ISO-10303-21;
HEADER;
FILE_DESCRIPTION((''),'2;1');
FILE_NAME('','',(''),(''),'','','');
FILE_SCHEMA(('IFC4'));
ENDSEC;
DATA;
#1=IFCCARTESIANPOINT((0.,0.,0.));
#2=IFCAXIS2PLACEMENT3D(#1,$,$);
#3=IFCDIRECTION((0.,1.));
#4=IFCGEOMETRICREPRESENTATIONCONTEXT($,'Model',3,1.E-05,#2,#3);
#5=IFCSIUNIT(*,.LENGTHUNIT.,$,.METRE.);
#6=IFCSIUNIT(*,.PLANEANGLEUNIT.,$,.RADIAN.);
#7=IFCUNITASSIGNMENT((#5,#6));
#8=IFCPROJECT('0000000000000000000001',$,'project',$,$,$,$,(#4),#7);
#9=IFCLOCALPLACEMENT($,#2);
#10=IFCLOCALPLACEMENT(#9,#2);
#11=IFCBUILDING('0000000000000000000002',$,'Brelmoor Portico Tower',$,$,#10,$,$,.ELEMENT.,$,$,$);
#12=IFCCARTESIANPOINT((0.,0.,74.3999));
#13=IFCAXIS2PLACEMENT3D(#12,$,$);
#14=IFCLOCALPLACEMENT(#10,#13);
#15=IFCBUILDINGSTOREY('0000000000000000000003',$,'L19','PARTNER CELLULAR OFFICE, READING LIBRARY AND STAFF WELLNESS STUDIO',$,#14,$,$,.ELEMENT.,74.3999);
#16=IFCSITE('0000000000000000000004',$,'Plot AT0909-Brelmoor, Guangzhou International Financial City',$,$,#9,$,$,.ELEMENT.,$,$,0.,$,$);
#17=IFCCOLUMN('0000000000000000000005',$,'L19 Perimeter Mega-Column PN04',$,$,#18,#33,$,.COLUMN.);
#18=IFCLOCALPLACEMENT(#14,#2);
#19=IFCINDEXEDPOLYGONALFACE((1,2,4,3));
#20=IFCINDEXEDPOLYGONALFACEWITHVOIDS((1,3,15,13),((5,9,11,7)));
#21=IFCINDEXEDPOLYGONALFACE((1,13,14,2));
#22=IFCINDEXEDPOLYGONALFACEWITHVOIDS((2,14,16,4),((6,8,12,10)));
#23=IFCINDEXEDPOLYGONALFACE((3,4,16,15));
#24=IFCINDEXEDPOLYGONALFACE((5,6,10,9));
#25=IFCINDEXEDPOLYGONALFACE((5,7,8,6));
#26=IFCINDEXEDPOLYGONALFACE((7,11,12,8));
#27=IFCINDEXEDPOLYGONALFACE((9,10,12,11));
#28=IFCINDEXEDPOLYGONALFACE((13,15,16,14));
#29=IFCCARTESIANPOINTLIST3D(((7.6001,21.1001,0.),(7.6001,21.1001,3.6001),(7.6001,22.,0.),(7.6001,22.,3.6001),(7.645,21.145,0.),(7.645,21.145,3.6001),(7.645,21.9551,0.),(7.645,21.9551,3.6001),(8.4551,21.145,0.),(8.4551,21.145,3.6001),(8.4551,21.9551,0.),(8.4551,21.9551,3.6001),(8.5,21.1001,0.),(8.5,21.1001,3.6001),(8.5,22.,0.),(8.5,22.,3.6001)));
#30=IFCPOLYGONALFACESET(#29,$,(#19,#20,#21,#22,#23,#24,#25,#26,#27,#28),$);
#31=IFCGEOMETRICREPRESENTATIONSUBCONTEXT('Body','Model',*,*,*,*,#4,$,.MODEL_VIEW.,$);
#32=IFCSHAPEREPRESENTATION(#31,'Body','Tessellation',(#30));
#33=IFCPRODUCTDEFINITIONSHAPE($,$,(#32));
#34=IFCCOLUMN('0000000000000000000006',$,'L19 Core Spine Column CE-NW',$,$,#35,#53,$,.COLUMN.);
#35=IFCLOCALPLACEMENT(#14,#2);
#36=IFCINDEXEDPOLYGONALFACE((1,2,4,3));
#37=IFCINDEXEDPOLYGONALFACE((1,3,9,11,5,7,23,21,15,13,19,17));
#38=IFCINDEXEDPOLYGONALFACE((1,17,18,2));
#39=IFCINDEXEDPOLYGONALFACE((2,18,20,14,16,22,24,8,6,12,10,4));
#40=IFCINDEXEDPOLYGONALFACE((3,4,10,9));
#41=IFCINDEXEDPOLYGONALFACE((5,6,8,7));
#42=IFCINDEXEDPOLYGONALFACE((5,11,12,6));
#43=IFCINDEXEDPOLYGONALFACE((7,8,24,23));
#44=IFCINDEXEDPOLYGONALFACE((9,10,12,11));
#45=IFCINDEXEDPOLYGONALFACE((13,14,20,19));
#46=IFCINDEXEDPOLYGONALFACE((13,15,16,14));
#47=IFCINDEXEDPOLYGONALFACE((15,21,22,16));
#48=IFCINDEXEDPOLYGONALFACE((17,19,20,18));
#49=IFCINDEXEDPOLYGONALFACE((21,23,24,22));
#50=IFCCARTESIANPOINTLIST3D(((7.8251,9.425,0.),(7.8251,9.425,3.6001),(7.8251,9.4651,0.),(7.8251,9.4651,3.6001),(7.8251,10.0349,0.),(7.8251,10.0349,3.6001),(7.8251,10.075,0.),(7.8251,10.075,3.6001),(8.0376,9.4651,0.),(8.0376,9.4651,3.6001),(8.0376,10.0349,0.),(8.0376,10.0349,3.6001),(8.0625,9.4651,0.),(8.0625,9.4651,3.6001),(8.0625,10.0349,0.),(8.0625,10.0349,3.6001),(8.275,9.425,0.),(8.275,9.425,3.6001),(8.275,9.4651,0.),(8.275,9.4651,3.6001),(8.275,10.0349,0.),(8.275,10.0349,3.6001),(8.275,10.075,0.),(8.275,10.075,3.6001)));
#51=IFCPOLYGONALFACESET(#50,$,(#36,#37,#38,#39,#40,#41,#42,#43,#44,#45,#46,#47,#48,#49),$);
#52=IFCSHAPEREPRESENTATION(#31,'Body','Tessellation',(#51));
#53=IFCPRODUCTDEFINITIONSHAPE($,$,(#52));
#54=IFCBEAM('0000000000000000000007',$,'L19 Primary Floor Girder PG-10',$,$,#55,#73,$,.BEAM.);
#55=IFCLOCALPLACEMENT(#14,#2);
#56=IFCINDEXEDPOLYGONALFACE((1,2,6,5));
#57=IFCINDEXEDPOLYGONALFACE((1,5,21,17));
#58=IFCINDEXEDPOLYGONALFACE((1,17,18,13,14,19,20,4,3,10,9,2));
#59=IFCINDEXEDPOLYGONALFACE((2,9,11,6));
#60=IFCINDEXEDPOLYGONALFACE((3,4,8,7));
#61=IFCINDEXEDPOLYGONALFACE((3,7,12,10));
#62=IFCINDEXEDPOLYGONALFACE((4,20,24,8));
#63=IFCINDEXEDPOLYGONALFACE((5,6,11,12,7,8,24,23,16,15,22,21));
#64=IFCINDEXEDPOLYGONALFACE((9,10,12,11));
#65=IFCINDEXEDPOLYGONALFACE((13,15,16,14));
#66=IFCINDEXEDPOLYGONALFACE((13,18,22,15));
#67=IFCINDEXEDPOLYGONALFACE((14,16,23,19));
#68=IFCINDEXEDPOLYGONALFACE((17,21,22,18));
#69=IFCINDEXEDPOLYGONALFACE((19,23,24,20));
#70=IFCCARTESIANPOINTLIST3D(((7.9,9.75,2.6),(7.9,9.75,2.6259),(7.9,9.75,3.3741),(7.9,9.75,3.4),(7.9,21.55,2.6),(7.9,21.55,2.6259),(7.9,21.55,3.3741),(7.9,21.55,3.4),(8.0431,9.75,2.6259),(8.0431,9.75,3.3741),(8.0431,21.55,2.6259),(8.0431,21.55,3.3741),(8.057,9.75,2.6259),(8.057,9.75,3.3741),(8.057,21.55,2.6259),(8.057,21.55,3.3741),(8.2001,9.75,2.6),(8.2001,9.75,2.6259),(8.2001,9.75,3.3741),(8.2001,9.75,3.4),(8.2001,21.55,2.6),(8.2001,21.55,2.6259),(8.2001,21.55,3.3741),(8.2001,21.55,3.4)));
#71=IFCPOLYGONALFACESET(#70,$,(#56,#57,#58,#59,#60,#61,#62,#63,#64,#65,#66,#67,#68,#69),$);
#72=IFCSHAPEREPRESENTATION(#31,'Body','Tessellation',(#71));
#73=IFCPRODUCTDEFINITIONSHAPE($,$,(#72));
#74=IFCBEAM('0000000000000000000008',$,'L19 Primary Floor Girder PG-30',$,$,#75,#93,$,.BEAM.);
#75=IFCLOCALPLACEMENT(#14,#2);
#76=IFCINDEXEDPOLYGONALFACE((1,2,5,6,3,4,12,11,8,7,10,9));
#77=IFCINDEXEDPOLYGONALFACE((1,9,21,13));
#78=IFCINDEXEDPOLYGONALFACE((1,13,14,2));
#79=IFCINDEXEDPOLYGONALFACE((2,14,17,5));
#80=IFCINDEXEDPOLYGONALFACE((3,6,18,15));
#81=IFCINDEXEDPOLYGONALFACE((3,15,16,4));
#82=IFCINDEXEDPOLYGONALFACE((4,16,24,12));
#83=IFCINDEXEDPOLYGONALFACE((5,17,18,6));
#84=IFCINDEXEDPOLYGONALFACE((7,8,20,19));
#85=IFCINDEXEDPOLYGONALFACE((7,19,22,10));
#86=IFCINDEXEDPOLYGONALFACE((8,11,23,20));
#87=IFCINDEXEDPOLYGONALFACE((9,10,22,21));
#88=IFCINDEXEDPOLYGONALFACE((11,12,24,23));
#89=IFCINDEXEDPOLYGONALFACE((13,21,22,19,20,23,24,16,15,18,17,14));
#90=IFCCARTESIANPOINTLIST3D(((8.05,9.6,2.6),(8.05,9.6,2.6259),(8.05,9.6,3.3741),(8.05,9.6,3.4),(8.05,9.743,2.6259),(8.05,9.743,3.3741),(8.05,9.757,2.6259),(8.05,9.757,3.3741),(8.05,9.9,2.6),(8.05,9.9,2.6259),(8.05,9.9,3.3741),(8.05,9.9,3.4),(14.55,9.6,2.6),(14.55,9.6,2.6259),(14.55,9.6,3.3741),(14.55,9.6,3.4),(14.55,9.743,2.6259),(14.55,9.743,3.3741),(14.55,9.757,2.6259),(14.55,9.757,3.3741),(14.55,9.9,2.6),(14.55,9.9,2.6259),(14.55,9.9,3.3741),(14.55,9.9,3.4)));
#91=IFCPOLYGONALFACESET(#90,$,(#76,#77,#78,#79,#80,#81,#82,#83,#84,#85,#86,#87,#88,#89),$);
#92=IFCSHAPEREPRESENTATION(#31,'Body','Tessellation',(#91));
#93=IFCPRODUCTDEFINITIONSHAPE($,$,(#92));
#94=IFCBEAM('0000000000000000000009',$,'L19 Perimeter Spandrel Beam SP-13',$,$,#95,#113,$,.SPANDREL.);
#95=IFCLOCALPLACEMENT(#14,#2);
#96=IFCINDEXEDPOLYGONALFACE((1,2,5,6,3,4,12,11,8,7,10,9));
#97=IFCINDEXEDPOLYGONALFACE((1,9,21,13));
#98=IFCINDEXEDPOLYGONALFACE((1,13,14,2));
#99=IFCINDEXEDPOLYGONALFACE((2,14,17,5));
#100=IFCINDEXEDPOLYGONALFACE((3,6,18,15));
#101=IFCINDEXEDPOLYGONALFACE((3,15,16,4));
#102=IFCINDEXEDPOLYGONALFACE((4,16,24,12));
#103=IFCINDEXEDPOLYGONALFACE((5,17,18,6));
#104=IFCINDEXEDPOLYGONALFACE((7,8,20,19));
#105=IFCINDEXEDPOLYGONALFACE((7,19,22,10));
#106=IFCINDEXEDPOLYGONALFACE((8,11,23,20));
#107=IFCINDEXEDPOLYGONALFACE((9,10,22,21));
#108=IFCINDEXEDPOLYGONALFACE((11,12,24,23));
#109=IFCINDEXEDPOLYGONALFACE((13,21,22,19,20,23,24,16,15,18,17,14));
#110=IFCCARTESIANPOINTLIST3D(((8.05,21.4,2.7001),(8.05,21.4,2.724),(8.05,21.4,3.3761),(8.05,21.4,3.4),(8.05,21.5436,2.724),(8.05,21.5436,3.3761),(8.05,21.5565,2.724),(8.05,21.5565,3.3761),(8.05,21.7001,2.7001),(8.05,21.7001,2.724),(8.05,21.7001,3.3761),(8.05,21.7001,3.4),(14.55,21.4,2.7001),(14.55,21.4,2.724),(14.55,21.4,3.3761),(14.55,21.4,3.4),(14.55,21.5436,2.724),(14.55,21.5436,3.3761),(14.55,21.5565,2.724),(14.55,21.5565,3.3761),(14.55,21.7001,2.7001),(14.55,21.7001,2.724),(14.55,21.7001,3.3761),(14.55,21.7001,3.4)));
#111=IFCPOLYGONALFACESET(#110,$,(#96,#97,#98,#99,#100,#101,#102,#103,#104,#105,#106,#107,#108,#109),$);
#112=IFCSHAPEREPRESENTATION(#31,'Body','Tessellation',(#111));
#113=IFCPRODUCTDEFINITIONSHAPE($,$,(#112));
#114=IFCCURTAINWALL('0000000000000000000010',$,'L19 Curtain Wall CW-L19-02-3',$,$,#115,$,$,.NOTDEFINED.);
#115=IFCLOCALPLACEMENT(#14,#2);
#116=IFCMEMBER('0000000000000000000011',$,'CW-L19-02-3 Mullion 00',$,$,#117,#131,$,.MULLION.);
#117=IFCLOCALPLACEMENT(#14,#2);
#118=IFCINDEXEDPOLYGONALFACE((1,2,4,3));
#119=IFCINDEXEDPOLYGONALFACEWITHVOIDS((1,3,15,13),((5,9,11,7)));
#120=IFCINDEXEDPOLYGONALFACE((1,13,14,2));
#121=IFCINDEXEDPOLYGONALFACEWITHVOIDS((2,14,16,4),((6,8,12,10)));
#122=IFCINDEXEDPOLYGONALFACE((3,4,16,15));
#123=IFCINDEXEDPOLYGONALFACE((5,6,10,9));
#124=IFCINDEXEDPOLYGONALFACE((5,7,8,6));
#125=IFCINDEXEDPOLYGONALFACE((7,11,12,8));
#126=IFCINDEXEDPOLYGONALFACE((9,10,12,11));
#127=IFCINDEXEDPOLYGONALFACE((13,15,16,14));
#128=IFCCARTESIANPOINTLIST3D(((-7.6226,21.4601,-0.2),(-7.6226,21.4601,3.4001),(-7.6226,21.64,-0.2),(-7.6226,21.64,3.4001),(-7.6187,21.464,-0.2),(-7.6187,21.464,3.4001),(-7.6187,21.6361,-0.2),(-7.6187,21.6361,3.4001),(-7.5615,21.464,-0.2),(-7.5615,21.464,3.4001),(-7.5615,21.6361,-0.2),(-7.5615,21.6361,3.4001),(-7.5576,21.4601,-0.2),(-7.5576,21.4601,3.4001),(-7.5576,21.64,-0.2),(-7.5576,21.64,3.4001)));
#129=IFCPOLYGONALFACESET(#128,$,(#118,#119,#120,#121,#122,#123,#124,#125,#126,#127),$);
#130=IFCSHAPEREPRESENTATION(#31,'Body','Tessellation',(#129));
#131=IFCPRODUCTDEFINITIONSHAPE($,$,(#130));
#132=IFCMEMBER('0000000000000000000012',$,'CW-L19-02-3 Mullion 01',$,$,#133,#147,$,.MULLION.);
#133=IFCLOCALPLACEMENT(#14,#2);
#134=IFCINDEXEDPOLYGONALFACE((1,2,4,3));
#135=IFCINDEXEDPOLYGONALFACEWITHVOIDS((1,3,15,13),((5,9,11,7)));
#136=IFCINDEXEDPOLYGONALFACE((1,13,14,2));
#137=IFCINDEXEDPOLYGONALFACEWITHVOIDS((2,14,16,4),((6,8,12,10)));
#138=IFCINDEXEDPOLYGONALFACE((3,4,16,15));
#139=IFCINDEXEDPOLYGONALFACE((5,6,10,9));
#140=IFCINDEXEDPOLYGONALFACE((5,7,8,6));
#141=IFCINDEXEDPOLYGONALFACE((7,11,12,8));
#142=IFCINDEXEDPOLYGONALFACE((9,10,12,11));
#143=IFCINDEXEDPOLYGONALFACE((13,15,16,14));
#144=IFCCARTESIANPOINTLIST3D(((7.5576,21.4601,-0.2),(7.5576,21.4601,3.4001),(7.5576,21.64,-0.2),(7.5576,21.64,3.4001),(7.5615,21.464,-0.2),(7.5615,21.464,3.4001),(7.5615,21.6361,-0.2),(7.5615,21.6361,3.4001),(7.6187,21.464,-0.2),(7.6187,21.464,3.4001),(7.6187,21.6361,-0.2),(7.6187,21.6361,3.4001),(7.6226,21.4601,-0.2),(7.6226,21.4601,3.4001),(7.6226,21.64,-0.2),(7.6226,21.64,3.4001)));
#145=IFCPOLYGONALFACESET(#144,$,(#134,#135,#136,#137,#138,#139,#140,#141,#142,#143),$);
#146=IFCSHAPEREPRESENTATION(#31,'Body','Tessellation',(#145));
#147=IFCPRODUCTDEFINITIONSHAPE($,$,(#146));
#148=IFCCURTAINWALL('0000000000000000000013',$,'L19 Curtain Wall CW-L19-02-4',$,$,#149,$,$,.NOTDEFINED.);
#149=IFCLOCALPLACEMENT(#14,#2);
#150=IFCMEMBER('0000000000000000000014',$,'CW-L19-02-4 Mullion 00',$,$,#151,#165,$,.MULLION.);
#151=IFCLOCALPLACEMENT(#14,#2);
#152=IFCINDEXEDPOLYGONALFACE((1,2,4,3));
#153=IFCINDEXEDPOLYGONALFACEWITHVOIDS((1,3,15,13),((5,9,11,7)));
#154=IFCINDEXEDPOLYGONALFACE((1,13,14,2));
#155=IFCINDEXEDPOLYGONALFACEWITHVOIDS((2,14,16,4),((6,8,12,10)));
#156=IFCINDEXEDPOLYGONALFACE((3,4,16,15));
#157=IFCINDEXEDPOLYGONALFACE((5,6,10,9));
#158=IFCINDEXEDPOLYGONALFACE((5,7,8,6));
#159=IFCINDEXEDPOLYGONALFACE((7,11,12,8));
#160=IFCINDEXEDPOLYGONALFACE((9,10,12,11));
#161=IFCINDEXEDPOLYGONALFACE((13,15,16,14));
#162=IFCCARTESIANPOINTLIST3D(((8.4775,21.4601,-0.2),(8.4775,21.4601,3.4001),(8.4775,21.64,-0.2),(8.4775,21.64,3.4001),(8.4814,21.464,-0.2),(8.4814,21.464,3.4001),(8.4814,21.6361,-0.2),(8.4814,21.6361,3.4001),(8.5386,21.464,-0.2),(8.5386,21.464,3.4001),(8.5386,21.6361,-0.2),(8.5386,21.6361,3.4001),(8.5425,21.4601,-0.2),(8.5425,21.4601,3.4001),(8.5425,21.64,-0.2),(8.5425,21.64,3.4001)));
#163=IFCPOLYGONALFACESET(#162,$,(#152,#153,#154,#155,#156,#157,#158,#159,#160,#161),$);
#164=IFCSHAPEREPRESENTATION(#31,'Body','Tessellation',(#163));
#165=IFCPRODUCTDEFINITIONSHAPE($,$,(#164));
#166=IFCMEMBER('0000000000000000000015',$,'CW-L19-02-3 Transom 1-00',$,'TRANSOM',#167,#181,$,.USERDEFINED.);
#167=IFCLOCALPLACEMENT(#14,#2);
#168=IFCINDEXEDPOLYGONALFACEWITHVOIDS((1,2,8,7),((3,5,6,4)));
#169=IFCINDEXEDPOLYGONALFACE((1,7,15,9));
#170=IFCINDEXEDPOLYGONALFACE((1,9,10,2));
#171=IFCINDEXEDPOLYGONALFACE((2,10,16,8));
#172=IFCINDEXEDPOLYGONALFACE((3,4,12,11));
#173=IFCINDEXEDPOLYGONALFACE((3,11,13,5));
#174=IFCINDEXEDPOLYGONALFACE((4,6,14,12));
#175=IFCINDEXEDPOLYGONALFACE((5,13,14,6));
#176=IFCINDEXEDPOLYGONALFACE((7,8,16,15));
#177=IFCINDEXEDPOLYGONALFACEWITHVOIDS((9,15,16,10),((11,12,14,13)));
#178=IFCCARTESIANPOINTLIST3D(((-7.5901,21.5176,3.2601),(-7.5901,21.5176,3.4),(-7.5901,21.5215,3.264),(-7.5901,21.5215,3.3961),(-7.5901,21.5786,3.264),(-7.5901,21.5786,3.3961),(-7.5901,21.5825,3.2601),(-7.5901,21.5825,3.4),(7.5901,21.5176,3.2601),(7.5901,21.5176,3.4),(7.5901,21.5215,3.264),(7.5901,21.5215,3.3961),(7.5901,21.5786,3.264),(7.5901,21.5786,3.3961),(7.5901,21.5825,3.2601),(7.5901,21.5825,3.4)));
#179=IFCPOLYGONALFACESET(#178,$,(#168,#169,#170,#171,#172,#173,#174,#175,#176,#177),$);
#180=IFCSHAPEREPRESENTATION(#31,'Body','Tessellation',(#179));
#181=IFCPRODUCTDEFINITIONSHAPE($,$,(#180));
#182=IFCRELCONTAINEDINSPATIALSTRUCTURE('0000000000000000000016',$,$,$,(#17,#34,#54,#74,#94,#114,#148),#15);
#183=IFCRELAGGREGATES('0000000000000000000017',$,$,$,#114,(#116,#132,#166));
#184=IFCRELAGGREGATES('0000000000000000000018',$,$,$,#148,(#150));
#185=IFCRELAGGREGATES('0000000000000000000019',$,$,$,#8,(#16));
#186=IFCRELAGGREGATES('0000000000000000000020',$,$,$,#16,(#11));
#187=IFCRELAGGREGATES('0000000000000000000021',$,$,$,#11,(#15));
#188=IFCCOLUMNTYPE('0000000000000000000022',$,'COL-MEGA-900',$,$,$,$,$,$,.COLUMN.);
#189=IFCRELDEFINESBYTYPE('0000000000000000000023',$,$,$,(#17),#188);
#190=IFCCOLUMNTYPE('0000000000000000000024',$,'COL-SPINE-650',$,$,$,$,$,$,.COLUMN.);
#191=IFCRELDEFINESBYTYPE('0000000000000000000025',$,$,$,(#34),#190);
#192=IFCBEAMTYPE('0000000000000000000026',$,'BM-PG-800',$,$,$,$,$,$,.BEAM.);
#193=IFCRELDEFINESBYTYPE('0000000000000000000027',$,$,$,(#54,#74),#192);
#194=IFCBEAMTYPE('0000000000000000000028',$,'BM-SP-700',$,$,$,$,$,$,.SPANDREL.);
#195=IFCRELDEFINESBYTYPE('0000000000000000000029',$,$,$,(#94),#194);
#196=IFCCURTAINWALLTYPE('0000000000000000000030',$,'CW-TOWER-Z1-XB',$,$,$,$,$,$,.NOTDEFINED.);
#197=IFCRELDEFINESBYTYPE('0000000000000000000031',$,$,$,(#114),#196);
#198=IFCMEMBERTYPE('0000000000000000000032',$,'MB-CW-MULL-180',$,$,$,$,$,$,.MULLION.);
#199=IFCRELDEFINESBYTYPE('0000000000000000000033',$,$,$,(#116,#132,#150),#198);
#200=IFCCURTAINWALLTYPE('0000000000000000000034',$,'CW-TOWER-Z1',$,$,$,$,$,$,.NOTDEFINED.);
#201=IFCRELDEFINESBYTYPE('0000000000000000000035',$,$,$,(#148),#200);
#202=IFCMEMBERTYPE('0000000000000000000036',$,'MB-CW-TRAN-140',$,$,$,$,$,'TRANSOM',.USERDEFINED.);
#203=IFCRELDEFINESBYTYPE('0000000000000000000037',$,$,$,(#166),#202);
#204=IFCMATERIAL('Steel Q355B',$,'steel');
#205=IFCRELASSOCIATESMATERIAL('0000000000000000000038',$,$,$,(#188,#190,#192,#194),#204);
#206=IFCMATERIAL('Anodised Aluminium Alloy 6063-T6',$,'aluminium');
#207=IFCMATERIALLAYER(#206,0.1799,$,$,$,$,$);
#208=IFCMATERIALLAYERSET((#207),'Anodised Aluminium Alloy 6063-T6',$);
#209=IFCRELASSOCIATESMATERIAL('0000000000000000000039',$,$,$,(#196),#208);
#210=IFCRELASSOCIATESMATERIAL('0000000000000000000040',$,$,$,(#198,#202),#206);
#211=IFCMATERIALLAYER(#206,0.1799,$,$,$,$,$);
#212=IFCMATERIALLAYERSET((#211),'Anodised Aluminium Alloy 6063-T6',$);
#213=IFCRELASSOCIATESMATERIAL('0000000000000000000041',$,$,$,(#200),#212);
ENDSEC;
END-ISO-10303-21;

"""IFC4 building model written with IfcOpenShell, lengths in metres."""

from ifc_helpers import new_model, si_unit, direction, frame, origin, origin_2d, place, context, subcontext, project, spatial, hollow_rectangle, i_section, extrude, material, layer, layer_set, material_profile, profile_set, type_object, element, aggregate, save


model = new_model("IFC4")

# Units and contexts
model_context = context("Model", 3, precision=1e-05, world=origin(), true_north=direction((0.0, 1.0)))
body_context = subcontext(model_context, "Body", "Model", "MODEL_VIEW")
ifc_project = project(units=[si_unit("LENGTHUNIT", "METRE"), si_unit("PLANEANGLEUNIT", "RADIAN")], contexts=[model_context])

# Site, building, storey
site_placement = place(None, origin())
site = spatial("IfcSite", under=ifc_project, at=site_placement, Name="Plot AT0909-Brelmoor, Guangzhou International Financial City", CompositionType="ELEMENT", RefElevation=0.0)
building_placement = place(site_placement, origin())
building = spatial("IfcBuilding", under=site, at=building_placement, Name="Brelmoor Portico Tower", CompositionType="ELEMENT")
storey_placement = place(building_placement, frame((0.0, 0.0, 74.3999)))
storey = spatial("IfcBuildingStorey", under=building, at=storey_placement, Name="L19", Description="PARTNER CELLULAR OFFICE, READING LIBRARY AND STAFF WELLNESS STUDIO", CompositionType="ELEMENT", Elevation=74.3999)

# Columns
ifc_material_1 = material(Name="Steel Q355B", Category="steel")
ifc_material_profile_1 = material_profile(ifc_material_1, hollow_rectangle(XDim=0.8999, YDim=0.8999, WallThickness=0.0449, at=origin_2d()), Name="BOX 900x900x45")
ifc_profile_set_1 = profile_set([ifc_material_profile_1], Name="Steel Q355B")
column_type_1 = type_object("IfcColumnType", Name="COL-MEGA-900", PredefinedType="COLUMN", material=ifc_profile_set_1)
column_1_placement = place(storey_placement, frame((8.05, 21.55, 0.0), z_axis=(0.0, 0.0, 1.0), x_axis=(1.0, 0.0, 0.0)))
element("IfcColumn", 1, at=column_1_placement, inside=storey, type_object=column_type_1, Name="L19 Perimeter Mega-Column PN04", PredefinedType="COLUMN", context=body_context, shape_type="SweptSolid", body=[
    extrude(hollow_rectangle(XDim=0.8999, YDim=0.8999, WallThickness=0.0449, at=origin_2d()), origin(), (0.0, 0.0, 1.0), 3.6001),
])
ifc_material_profile_2 = material_profile(ifc_material_1, i_section(OverallWidth=0.45, OverallDepth=0.6499, WebThickness=0.0249, FlangeThickness=0.04, at=origin_2d()), Name="HW 650x450x25x40")
ifc_profile_set_2 = profile_set([ifc_material_profile_2], Name="Steel Q355B")
column_type_2 = type_object("IfcColumnType", Name="COL-SPINE-650", PredefinedType="COLUMN", material=ifc_profile_set_2)
column_2_placement = place(storey_placement, frame((8.05, 9.75, 0.0), z_axis=(0.0, 0.0, 1.0), x_axis=(1.0, 0.0, 0.0)))
element("IfcColumn", 2, at=column_2_placement, inside=storey, type_object=column_type_2, Name="L19 Core Spine Column CE-NW", PredefinedType="COLUMN", context=body_context, shape_type="SweptSolid", body=[
    extrude(i_section(OverallWidth=0.45, OverallDepth=0.6499, WebThickness=0.0249, FlangeThickness=0.04, at=origin_2d()), origin(), (0.0, 0.0, 1.0), 3.6001),
])

# Beams
ifc_material_profile_3 = material_profile(ifc_material_1, i_section(OverallWidth=0.3, OverallDepth=0.8, WebThickness=0.0139, FlangeThickness=0.0259, at=origin_2d()), Name="HN 800x300x14x26")
ifc_profile_set_3 = profile_set([ifc_material_profile_3], Name="Steel Q355B")
beam_type_1 = type_object("IfcBeamType", Name="BM-PG-800", PredefinedType="BEAM", material=ifc_profile_set_3)
beam_1_placement = place(storey_placement, frame((8.05, 9.75, 3.0), z_axis=(0.0, 1.0, 0.0), x_axis=(-1.0, 0.0, 0.0)))
element("IfcBeam", 3, at=beam_1_placement, inside=storey, type_object=beam_type_1, Name="L19 Primary Floor Girder PG-10", PredefinedType="BEAM", context=body_context, shape_type="SweptSolid", body=[
    extrude(i_section(OverallWidth=0.3, OverallDepth=0.8, WebThickness=0.0139, FlangeThickness=0.0259, at=origin_2d()), origin(), (0.0, 0.0, 1.0), 11.8),
])
beam_2_placement = place(storey_placement, frame((8.05, 9.75, 3.0), z_axis=(1.0, 0.0, 0.0), x_axis=(0.0, 1.0, 0.0)))
element("IfcBeam", 4, at=beam_2_placement, inside=storey, type_object=beam_type_1, Name="L19 Primary Floor Girder PG-30", PredefinedType="BEAM", context=body_context, shape_type="SweptSolid", body=[
    extrude(i_section(OverallWidth=0.3, OverallDepth=0.8, WebThickness=0.0139, FlangeThickness=0.0259, at=origin_2d()), origin(), (0.0, 0.0, 1.0), 6.5),
])
ifc_material_profile_4 = material_profile(ifc_material_1, i_section(OverallWidth=0.3, OverallDepth=0.7, WebThickness=0.0129, FlangeThickness=0.0239, at=origin_2d()), Name="HN 700x300x13x24")
ifc_profile_set_4 = profile_set([ifc_material_profile_4], Name="Steel Q355B")
beam_type_2 = type_object("IfcBeamType", Name="BM-SP-700", PredefinedType="SPANDREL", material=ifc_profile_set_4)
beam_3_placement = place(storey_placement, frame((8.05, 21.55, 3.05), z_axis=(1.0, 0.0, 0.0), x_axis=(0.0, 1.0, 0.0)))
element("IfcBeam", 5, at=beam_3_placement, inside=storey, type_object=beam_type_2, Name="L19 Perimeter Spandrel Beam SP-13", PredefinedType="SPANDREL", context=body_context, shape_type="SweptSolid", body=[
    extrude(i_section(OverallWidth=0.3, OverallDepth=0.7, WebThickness=0.0129, FlangeThickness=0.0239, at=origin_2d()), origin(), (0.0, 0.0, 1.0), 6.5),
])

# Curtain wall, members
ifc_material_2 = material(Name="Anodised Aluminium Alloy 6063-T6", Category="aluminium")
ifc_layer_1 = layer(ifc_material_2, 0.1799)
ifc_layer_set_1 = layer_set([ifc_layer_1], Name="Anodised Aluminium Alloy 6063-T6")
curtain_wall_type_1 = type_object("IfcCurtainWallType", Name="CW-TOWER-Z1-XB", PredefinedType="NOTDEFINED", material=ifc_layer_set_1)
curtain_wall_1_placement = place(storey_placement, origin())
curtain_wall_1 = element("IfcCurtainWall", 6, at=curtain_wall_1_placement, inside=storey, type_object=curtain_wall_type_1, Name="L19 Curtain Wall CW-L19-02-3", PredefinedType="NOTDEFINED")
ifc_material_profile_5 = material_profile(ifc_material_2, hollow_rectangle(XDim=0.0649, YDim=0.1799, WallThickness=0.0039, at=origin_2d()), Name="ALU MULLION 65x180")
ifc_profile_set_5 = profile_set([ifc_material_profile_5], Name="Anodised Aluminium Alloy 6063-T6")
member_type_1 = type_object("IfcMemberType", Name="MB-CW-MULL-180", PredefinedType="MULLION", material=ifc_profile_set_5)
member_1_placement = place(storey_placement, frame((-7.5901, 21.55, -0.2), z_axis=(0.0, 0.0, 1.0), x_axis=(1.0, 0.0, 0.0)))
member_1 = element("IfcMember", 7, at=member_1_placement, type_object=member_type_1, Name="CW-L19-02-3 Mullion 00", PredefinedType="MULLION", context=body_context, shape_type="SweptSolid", body=[
    extrude(hollow_rectangle(XDim=0.0649, YDim=0.1799, WallThickness=0.0039, at=origin_2d()), origin(), (0.0, 0.0, 1.0), 3.6001),
])
member_2_placement = place(storey_placement, frame((7.5901, 21.55, -0.2), z_axis=(0.0, 0.0, 1.0), x_axis=(1.0, 0.0, 0.0)))
member_2 = element("IfcMember", 8, at=member_2_placement, type_object=member_type_1, Name="CW-L19-02-3 Mullion 01", PredefinedType="MULLION", context=body_context, shape_type="SweptSolid", body=[
    extrude(hollow_rectangle(XDim=0.0649, YDim=0.1799, WallThickness=0.0039, at=origin_2d()), origin(), (0.0, 0.0, 1.0), 3.6001),
])

# Curtain wall, member
ifc_layer_2 = layer(ifc_material_2, 0.1799)
ifc_layer_set_2 = layer_set([ifc_layer_2], Name="Anodised Aluminium Alloy 6063-T6")
curtain_wall_type_2 = type_object("IfcCurtainWallType", Name="CW-TOWER-Z1", PredefinedType="NOTDEFINED", material=ifc_layer_set_2)
curtain_wall_2_placement = place(storey_placement, origin())
curtain_wall_2 = element("IfcCurtainWall", 9, at=curtain_wall_2_placement, inside=storey, type_object=curtain_wall_type_2, Name="L19 Curtain Wall CW-L19-02-4", PredefinedType="NOTDEFINED")
member_3_placement = place(storey_placement, frame((8.51, 21.55, -0.2), z_axis=(0.0, 0.0, 1.0), x_axis=(1.0, 0.0, 0.0)))
member_3 = element("IfcMember", 10, at=member_3_placement, type_object=member_type_1, Name="CW-L19-02-4 Mullion 00", PredefinedType="MULLION", context=body_context, shape_type="SweptSolid", body=[
    extrude(hollow_rectangle(XDim=0.0649, YDim=0.1799, WallThickness=0.0039, at=origin_2d()), origin(), (0.0, 0.0, 1.0), 3.6001),
])

# Member
ifc_material_profile_6 = material_profile(ifc_material_2, hollow_rectangle(XDim=0.0649, YDim=0.1399, WallThickness=0.0039, at=origin_2d()), Name="ALU TRANSOM 65x140")
ifc_profile_set_6 = profile_set([ifc_material_profile_6], Name="Anodised Aluminium Alloy 6063-T6")
member_type_2 = type_object("IfcMemberType", Name="MB-CW-TRAN-140", ElementType="TRANSOM", PredefinedType="USERDEFINED", material=ifc_profile_set_6)
member_4_placement = place(storey_placement, frame((-7.5901, 21.55, 3.3301), z_axis=(1.0, 0.0, 0.0), x_axis=(0.0, 1.0, 0.0)))
member_4 = element("IfcMember", 11, at=member_4_placement, type_object=member_type_2, Name="CW-L19-02-3 Transom 1-00", ObjectType="TRANSOM", PredefinedType="USERDEFINED", context=body_context, shape_type="SweptSolid", body=[
    extrude(hollow_rectangle(XDim=0.0649, YDim=0.1399, WallThickness=0.0039, at=origin_2d()), origin(), (0.0, 0.0, 1.0), 15.1802),
])

aggregate(curtain_wall_1, [member_1, member_2, member_4])
aggregate(curtain_wall_2, [member_3])

save(model, "model.ifc")
